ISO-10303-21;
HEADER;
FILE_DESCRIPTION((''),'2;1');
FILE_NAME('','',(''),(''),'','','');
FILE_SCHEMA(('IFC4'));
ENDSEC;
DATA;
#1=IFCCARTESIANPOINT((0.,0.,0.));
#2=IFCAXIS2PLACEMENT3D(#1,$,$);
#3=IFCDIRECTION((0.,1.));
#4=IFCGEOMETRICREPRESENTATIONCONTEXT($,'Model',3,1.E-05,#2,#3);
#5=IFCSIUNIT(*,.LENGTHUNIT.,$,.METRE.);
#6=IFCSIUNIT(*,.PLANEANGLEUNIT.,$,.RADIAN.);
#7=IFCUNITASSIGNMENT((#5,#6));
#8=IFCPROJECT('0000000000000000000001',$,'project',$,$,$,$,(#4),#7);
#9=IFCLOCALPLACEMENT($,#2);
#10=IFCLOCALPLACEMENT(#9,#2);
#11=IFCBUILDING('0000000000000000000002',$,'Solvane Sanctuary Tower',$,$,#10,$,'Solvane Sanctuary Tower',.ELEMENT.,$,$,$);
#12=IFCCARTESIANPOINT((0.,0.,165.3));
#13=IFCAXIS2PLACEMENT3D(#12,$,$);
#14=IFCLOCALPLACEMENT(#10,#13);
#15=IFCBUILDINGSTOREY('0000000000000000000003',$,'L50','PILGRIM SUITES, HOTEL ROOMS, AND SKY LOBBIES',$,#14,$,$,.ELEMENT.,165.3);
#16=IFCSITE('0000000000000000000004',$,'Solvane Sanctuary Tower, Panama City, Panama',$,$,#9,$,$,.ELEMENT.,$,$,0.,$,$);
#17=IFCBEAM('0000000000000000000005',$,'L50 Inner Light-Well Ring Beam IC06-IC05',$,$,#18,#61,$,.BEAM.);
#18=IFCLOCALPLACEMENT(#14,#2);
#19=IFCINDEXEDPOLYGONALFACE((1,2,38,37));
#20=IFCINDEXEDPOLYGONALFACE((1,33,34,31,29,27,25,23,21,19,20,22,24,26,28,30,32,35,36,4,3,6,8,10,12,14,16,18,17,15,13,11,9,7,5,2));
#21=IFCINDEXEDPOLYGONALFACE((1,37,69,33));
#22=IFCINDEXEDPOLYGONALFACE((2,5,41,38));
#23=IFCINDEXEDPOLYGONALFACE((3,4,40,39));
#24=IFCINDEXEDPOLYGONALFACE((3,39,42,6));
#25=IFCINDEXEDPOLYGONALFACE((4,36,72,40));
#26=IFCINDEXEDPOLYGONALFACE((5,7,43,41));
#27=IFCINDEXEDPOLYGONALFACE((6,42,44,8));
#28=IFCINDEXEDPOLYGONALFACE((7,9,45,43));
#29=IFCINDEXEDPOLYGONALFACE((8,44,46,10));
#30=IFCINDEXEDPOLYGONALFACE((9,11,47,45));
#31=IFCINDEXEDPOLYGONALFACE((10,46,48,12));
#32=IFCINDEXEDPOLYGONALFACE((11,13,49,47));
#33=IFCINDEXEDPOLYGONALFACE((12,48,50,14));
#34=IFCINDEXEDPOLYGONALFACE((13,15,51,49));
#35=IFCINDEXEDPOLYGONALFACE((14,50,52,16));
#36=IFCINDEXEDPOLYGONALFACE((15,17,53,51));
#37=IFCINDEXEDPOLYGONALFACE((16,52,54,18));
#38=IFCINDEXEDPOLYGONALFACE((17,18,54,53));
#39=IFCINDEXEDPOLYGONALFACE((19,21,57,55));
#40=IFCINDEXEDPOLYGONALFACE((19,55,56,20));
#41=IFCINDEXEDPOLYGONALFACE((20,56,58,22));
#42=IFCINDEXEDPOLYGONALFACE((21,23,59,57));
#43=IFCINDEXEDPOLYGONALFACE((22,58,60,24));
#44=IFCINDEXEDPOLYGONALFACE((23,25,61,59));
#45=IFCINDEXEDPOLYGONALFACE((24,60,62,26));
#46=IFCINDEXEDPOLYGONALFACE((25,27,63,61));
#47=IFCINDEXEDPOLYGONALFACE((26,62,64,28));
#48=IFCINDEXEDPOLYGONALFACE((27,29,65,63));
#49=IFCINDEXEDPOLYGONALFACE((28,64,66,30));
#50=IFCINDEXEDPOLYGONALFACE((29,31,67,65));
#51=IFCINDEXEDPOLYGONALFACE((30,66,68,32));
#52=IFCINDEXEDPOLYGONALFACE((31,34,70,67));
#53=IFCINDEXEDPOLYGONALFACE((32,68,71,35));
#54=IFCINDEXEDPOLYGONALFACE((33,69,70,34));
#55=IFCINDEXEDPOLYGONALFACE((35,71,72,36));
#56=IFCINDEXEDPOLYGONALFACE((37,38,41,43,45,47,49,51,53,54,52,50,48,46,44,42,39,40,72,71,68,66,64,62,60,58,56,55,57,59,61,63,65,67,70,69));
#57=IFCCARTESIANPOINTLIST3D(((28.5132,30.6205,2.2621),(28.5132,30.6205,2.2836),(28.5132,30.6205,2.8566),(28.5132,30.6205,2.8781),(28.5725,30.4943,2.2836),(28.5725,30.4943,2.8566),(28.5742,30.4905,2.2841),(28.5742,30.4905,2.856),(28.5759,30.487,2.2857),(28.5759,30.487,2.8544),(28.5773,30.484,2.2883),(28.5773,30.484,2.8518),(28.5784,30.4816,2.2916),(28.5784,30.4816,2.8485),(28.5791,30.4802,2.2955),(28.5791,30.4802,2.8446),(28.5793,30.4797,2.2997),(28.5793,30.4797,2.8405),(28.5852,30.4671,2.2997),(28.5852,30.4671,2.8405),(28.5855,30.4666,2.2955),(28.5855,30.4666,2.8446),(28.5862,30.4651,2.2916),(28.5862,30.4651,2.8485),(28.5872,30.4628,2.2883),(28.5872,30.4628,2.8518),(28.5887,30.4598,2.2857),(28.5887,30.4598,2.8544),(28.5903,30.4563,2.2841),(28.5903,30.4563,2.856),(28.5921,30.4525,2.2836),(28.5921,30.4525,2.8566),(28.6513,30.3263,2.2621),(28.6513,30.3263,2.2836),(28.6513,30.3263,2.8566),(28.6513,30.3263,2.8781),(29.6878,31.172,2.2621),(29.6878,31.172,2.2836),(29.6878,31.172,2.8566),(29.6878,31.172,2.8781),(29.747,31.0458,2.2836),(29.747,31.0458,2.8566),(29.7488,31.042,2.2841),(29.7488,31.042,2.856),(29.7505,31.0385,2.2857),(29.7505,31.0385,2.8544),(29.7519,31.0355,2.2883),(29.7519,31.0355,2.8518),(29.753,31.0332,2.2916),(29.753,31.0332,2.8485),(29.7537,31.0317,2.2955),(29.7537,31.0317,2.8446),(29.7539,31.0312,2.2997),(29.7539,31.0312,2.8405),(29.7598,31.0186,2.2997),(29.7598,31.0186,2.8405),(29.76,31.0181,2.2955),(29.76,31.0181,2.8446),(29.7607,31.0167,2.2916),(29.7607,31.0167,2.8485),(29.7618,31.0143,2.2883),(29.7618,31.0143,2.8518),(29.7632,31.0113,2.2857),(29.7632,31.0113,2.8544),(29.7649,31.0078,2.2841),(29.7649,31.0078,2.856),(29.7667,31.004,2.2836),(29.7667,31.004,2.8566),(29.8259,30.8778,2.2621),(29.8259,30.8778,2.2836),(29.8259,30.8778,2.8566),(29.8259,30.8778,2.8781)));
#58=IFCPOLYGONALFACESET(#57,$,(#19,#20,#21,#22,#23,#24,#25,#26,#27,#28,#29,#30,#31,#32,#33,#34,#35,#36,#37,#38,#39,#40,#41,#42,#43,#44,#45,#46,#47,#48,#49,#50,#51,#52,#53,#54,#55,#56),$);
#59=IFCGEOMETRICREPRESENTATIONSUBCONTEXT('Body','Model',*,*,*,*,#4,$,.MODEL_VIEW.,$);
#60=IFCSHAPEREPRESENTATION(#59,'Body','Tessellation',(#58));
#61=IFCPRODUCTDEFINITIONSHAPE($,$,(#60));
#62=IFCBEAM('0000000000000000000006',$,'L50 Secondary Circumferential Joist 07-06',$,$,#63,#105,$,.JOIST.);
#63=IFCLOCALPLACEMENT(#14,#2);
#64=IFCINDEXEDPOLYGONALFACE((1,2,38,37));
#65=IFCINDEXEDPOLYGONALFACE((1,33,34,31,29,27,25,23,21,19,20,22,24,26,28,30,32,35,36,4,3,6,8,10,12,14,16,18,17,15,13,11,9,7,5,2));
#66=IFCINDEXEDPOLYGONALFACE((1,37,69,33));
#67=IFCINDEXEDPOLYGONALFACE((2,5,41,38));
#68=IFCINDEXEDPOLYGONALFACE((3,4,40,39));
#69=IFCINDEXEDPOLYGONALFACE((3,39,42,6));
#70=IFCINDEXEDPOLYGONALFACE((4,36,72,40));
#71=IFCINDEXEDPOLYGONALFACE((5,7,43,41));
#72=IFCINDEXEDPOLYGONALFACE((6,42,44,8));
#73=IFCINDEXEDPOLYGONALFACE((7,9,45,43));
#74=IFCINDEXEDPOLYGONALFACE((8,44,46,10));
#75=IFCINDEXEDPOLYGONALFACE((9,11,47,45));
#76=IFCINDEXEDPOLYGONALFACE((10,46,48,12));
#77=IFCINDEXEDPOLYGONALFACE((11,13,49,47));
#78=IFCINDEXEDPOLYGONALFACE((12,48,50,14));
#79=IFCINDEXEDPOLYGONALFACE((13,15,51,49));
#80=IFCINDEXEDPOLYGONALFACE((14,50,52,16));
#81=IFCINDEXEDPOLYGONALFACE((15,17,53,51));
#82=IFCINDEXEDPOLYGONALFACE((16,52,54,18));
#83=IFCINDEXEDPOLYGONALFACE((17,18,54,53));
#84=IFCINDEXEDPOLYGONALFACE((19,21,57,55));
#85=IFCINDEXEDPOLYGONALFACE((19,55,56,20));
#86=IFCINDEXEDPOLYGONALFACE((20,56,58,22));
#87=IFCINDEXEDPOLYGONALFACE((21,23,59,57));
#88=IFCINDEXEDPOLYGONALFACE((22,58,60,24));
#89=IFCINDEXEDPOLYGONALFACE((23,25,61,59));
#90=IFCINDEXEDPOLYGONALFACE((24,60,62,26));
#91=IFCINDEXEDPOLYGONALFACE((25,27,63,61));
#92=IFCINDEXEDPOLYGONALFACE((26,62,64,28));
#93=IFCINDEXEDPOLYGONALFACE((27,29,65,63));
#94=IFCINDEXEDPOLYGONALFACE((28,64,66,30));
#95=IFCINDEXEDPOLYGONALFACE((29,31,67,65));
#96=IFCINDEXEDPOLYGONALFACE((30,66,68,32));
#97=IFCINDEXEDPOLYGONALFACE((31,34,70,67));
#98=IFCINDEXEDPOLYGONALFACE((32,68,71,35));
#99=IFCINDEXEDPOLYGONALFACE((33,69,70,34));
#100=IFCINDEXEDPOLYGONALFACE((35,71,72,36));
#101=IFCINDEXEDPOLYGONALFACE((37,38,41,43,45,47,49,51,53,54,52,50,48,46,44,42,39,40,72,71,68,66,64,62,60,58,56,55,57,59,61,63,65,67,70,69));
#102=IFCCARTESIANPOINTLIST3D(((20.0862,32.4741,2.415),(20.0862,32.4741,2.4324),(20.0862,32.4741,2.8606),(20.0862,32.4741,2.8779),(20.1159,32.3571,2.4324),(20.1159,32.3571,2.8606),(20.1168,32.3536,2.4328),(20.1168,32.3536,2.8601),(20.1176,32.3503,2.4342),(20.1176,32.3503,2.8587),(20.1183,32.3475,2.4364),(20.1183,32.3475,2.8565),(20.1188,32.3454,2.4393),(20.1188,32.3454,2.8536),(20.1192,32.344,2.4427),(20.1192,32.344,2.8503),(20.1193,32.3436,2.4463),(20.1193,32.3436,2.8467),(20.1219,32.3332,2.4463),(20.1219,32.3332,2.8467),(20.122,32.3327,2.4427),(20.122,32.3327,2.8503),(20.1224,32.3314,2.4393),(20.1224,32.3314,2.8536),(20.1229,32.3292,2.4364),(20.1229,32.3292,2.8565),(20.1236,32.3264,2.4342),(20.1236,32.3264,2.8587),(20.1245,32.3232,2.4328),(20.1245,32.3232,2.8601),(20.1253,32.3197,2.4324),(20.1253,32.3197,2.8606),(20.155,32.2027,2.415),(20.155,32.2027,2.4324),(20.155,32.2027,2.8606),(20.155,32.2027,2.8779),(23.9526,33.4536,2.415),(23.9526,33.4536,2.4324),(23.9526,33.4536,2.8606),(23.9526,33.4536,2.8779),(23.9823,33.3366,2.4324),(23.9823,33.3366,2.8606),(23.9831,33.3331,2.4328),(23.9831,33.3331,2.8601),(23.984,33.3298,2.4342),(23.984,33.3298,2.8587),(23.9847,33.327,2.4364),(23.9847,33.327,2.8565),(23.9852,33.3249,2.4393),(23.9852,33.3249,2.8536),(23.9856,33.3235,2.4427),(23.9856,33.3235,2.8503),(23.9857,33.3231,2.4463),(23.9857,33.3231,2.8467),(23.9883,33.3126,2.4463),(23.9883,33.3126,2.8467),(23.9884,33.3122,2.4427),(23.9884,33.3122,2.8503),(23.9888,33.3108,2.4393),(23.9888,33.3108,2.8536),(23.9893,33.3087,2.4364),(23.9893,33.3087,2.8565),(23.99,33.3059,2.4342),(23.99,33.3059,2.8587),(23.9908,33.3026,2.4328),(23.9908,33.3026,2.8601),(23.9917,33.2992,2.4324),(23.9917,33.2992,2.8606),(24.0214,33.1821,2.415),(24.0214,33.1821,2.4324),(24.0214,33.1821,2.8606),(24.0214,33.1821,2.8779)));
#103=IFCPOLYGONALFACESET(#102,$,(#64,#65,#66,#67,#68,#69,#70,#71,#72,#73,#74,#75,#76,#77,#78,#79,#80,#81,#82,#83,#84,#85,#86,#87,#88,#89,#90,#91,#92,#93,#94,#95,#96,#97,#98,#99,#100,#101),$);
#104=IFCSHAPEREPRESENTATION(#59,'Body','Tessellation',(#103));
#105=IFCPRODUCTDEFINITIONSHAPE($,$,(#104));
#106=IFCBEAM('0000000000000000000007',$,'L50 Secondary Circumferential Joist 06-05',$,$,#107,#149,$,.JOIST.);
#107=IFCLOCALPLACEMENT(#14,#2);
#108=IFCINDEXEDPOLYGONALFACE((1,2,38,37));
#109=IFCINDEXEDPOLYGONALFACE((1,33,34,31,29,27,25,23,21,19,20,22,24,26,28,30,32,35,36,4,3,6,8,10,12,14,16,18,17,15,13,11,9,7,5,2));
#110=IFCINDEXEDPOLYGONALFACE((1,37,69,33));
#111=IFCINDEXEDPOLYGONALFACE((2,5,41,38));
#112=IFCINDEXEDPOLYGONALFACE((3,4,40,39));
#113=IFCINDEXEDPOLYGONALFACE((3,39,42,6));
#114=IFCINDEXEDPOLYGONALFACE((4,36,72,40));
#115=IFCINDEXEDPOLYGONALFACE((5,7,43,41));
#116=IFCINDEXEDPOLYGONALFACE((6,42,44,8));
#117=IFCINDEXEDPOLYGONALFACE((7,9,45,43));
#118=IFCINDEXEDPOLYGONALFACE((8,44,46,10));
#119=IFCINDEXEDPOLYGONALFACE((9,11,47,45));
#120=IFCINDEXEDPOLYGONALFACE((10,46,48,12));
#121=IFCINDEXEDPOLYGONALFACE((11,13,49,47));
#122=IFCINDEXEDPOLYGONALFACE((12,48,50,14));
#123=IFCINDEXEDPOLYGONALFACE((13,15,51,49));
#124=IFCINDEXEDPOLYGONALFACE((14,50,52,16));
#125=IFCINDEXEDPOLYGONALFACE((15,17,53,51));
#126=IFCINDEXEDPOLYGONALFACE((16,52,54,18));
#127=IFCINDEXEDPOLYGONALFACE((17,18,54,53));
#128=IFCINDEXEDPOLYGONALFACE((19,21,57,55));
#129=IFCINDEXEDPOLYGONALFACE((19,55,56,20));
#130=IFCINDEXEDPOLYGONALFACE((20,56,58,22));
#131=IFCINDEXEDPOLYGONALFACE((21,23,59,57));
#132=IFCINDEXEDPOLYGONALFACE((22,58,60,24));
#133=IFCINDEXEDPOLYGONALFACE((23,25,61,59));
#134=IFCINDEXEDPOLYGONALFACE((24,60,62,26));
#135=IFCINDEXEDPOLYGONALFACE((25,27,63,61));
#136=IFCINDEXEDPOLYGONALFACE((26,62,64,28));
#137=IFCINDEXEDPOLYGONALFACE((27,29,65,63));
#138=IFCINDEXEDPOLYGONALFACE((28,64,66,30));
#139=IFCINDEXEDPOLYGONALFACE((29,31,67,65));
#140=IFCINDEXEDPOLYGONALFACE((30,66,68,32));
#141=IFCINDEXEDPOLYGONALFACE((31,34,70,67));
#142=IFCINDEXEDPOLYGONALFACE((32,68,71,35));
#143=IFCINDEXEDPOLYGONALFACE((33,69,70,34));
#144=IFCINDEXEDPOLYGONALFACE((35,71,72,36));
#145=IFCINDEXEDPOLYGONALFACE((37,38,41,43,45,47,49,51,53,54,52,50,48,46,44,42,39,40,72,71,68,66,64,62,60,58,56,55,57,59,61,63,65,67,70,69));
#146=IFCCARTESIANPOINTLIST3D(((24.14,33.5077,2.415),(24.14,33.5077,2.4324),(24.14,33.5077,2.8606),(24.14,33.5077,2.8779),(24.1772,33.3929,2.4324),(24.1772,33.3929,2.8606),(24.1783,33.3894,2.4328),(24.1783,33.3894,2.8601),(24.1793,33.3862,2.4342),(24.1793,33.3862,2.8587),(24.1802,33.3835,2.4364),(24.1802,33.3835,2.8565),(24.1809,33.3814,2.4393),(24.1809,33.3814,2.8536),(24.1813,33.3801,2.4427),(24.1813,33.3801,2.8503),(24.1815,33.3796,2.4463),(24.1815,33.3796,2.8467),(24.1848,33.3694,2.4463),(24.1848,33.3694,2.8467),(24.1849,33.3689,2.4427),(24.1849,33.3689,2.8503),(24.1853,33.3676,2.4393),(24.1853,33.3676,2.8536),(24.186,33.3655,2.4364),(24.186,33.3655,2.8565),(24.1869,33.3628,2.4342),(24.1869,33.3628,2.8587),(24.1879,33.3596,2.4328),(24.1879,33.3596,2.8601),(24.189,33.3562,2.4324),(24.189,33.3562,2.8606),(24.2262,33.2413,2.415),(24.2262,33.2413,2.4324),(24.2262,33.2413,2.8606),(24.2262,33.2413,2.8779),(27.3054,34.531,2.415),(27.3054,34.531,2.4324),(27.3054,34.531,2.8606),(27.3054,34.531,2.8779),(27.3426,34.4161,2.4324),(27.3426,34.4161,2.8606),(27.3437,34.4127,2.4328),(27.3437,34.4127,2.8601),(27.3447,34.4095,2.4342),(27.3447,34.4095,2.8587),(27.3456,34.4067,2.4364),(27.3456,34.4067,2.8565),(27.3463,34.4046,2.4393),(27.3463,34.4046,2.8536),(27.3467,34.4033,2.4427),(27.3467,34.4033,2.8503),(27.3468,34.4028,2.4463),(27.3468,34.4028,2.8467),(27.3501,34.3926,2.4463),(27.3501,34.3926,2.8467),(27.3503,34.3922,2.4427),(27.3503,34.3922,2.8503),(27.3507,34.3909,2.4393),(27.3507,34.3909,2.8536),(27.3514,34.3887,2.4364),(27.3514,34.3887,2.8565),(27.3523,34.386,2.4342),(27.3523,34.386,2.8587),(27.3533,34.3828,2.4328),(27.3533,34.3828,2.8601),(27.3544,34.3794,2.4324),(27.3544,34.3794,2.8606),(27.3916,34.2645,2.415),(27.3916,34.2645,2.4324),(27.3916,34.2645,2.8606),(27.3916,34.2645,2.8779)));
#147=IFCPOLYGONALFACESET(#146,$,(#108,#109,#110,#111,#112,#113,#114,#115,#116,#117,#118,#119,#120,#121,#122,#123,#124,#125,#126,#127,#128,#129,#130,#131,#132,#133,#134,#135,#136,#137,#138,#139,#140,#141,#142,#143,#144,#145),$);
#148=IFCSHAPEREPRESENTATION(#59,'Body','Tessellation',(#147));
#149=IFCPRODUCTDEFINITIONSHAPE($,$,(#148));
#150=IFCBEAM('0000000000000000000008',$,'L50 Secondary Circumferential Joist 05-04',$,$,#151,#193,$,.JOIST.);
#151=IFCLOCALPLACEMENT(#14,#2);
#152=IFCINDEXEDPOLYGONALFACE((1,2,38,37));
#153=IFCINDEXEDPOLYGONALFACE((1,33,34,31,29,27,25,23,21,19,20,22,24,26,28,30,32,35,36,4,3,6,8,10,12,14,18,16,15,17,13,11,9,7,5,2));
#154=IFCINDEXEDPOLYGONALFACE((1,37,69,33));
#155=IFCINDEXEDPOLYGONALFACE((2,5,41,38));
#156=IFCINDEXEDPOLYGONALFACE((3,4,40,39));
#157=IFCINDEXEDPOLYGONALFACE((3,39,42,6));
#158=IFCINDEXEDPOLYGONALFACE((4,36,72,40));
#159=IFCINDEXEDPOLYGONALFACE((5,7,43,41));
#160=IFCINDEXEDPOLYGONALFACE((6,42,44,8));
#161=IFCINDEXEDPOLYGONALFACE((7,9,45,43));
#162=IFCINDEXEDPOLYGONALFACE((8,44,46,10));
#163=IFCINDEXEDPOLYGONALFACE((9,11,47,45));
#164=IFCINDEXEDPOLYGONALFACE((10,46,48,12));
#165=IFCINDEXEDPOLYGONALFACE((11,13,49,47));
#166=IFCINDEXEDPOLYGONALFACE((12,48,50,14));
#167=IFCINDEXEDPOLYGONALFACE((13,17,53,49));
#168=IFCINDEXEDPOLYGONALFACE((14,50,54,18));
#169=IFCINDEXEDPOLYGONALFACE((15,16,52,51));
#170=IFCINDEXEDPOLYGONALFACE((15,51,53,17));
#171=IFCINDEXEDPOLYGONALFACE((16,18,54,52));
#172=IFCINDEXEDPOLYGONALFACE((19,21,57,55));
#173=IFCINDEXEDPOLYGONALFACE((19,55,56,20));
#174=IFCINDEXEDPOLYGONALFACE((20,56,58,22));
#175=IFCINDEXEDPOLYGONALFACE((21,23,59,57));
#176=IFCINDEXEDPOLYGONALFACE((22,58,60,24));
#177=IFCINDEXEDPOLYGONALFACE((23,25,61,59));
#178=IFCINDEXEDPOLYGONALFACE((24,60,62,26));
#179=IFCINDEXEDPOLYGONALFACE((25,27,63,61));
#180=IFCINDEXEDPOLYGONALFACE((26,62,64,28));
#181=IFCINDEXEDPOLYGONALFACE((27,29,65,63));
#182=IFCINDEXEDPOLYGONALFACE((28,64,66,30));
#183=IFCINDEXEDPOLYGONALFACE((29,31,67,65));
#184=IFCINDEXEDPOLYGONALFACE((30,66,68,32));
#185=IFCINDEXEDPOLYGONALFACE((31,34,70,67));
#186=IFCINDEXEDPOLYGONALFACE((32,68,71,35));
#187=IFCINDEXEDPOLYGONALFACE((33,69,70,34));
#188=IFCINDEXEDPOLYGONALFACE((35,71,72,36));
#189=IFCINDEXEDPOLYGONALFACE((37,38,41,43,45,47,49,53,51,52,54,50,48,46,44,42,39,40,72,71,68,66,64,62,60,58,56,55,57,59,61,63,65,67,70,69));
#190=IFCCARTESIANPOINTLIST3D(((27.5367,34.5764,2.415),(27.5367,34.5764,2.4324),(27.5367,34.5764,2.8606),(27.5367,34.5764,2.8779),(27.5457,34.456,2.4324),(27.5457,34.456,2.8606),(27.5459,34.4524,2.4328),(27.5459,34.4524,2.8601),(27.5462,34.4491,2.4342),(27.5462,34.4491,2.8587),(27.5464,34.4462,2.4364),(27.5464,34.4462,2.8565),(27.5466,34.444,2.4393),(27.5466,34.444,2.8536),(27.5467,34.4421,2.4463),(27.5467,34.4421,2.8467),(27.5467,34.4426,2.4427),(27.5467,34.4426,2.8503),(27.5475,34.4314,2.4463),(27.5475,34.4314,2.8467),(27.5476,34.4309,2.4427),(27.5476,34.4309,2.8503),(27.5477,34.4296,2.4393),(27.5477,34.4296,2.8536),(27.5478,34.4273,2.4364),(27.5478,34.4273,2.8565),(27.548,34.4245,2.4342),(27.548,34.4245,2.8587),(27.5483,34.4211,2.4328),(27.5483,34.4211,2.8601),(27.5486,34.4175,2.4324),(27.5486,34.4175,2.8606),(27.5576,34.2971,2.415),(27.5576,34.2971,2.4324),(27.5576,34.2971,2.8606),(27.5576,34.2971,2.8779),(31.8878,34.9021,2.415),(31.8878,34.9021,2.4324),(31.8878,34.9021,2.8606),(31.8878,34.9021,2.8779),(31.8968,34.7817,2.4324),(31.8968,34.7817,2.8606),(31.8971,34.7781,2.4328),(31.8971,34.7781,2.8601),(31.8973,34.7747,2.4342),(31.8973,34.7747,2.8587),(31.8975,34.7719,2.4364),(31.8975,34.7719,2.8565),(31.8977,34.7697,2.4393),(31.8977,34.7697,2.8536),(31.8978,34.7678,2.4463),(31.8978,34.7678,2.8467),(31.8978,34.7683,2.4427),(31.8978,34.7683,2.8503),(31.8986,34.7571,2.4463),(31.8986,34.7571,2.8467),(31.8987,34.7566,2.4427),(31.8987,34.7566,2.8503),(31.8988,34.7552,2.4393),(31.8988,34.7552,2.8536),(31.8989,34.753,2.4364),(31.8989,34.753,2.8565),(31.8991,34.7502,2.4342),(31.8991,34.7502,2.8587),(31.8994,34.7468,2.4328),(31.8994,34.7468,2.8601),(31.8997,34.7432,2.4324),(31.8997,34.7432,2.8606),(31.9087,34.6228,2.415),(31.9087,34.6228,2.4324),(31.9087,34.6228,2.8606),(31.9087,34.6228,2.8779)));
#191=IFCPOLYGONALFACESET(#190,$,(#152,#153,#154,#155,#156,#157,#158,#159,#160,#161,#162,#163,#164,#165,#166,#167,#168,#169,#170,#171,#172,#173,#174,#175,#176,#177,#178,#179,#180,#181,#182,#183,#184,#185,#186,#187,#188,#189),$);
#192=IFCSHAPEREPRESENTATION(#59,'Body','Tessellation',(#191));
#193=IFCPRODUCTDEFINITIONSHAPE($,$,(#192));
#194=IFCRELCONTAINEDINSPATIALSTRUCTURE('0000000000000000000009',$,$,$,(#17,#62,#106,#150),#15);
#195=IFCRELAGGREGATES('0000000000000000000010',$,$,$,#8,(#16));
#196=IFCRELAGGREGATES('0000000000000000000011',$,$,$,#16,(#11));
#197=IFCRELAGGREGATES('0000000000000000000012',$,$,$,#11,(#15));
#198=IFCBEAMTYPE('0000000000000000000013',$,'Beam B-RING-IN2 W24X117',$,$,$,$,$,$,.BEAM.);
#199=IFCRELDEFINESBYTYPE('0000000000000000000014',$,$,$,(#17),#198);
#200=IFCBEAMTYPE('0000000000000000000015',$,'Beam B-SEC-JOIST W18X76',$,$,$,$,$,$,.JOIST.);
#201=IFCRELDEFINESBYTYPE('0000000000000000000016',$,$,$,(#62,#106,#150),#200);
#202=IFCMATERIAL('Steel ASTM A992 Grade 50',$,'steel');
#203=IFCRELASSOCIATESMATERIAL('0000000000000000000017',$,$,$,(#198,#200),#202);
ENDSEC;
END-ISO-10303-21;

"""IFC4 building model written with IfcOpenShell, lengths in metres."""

from ifc_helpers import new_model, si_unit, direction, frame, origin, origin_2d, place, context, subcontext, project, spatial, i_section, extrude, material, material_profile, profile_set, type_object, element, save


model = new_model("IFC4")

# Units and contexts
model_context = context("Model", 3, precision=1e-05, world=origin(), true_north=direction((0.0, 1.0)))
body_context = subcontext(model_context, "Body", "Model", "MODEL_VIEW")
ifc_project = project(units=[si_unit("LENGTHUNIT", "METRE"), si_unit("PLANEANGLEUNIT", "RADIAN")], contexts=[model_context])

# Site, building, storey
site_placement = place(None, origin())
site = spatial("IfcSite", under=ifc_project, at=site_placement, Name="Solvane Sanctuary Tower, Panama City, Panama", CompositionType="ELEMENT", RefElevation=0.0)
building_placement = place(site_placement, origin())
building = spatial("IfcBuilding", under=site, at=building_placement, Name="Solvane Sanctuary Tower", LongName="Solvane Sanctuary Tower", CompositionType="ELEMENT")
storey_placement = place(building_placement, frame((0.0, 0.0, 165.3)))
storey = spatial("IfcBuildingStorey", under=building, at=storey_placement, Name="L50", Description="PILGRIM SUITES, HOTEL ROOMS, AND SKY LOBBIES", CompositionType="ELEMENT", Elevation=165.3)

# Beams
ifc_material_1 = material(Name="Steel ASTM A992 Grade 50", Category="steel")
ifc_material_profile_1 = material_profile(ifc_material_1, i_section(OverallWidth=0.325, OverallDepth=0.616, WebThickness=0.0139, FlangeThickness=0.0215, FilletRadius=0.0161, at=origin_2d()), Name="W24X117")
ifc_profile_set_1 = profile_set([ifc_material_profile_1], Name="Steel ASTM A992 Grade 50")
beam_type_1 = type_object("IfcBeamType", Name="Beam B-RING-IN2 W24X117", PredefinedType="BEAM", material=ifc_profile_set_1)
beam_1_placement = place(storey_placement, frame((28.5823, 30.4734, 2.5701), z_axis=(0.905181, 0.425027, 0.0), x_axis=(-0.425027, 0.905181, 0.0)))
element("IfcBeam", 1, at=beam_1_placement, inside=storey, type_object=beam_type_1, Name="L50 Inner Light-Well Ring Beam IC06-IC05", PredefinedType="BEAM", context=body_context, shape_type="SweptSolid", body=[
    extrude(i_section(OverallWidth=0.325, OverallDepth=0.616, WebThickness=0.0139, FlangeThickness=0.0215, FilletRadius=0.0161, at=origin_2d()), origin(), (0.0, 0.0, 1.0), 1.2976),
])
ifc_material_profile_2 = material_profile(ifc_material_1, i_section(OverallWidth=0.28, OverallDepth=0.4629, WebThickness=0.0107, FlangeThickness=0.0173, FilletRadius=0.0139, at=origin_2d()), Name="W18X76")
ifc_profile_set_2 = profile_set([ifc_material_profile_2], Name="Steel ASTM A992 Grade 50")
beam_type_2 = type_object("IfcBeamType", Name="Beam B-SEC-JOIST W18X76", PredefinedType="JOIST", material=ifc_profile_set_2)
beam_2_placement = place(storey_placement, frame((20.1206, 32.3384, 2.6465), z_axis=(0.969378, 0.245573, 0.0), x_axis=(-0.245573, 0.969378, 0.0)))
element("IfcBeam", 2, at=beam_2_placement, inside=storey, type_object=beam_type_2, Name="L50 Secondary Circumferential Joist 07-06", PredefinedType="JOIST", context=body_context, shape_type="SweptSolid", body=[
    extrude(i_section(OverallWidth=0.28, OverallDepth=0.4629, WebThickness=0.0107, FlangeThickness=0.0173, FilletRadius=0.0139, at=origin_2d()), origin(), (0.0, 0.0, 1.0), 3.9885),
])
beam_3_placement = place(storey_placement, frame((24.1831, 33.3745, 2.6465), z_axis=(0.951521, 0.307584, 0.0), x_axis=(-0.307584, 0.951521, 0.0)))
element("IfcBeam", 3, at=beam_3_placement, inside=storey, type_object=beam_type_2, Name="L50 Secondary Circumferential Joist 06-05", PredefinedType="JOIST", context=body_context, shape_type="SweptSolid", body=[
    extrude(i_section(OverallWidth=0.28, OverallDepth=0.4629, WebThickness=0.0107, FlangeThickness=0.0173, FilletRadius=0.0139, at=origin_2d()), origin(), (0.0, 0.0, 1.0), 3.3267),
])
beam_4_placement = place(storey_placement, frame((27.5471, 34.4368, 2.6465), z_axis=(0.99721, 0.074642, 0.0), x_axis=(-0.074642, 0.99721, 0.0)))
element("IfcBeam", 4, at=beam_4_placement, inside=storey, type_object=beam_type_2, Name="L50 Secondary Circumferential Joist 05-04", PredefinedType="JOIST", context=body_context, shape_type="SweptSolid", body=[
    extrude(i_section(OverallWidth=0.28, OverallDepth=0.4629, WebThickness=0.0107, FlangeThickness=0.0173, FilletRadius=0.0139, at=origin_2d()), origin(), (0.0, 0.0, 1.0), 4.3633),
])

save(model, "model.ifc")
